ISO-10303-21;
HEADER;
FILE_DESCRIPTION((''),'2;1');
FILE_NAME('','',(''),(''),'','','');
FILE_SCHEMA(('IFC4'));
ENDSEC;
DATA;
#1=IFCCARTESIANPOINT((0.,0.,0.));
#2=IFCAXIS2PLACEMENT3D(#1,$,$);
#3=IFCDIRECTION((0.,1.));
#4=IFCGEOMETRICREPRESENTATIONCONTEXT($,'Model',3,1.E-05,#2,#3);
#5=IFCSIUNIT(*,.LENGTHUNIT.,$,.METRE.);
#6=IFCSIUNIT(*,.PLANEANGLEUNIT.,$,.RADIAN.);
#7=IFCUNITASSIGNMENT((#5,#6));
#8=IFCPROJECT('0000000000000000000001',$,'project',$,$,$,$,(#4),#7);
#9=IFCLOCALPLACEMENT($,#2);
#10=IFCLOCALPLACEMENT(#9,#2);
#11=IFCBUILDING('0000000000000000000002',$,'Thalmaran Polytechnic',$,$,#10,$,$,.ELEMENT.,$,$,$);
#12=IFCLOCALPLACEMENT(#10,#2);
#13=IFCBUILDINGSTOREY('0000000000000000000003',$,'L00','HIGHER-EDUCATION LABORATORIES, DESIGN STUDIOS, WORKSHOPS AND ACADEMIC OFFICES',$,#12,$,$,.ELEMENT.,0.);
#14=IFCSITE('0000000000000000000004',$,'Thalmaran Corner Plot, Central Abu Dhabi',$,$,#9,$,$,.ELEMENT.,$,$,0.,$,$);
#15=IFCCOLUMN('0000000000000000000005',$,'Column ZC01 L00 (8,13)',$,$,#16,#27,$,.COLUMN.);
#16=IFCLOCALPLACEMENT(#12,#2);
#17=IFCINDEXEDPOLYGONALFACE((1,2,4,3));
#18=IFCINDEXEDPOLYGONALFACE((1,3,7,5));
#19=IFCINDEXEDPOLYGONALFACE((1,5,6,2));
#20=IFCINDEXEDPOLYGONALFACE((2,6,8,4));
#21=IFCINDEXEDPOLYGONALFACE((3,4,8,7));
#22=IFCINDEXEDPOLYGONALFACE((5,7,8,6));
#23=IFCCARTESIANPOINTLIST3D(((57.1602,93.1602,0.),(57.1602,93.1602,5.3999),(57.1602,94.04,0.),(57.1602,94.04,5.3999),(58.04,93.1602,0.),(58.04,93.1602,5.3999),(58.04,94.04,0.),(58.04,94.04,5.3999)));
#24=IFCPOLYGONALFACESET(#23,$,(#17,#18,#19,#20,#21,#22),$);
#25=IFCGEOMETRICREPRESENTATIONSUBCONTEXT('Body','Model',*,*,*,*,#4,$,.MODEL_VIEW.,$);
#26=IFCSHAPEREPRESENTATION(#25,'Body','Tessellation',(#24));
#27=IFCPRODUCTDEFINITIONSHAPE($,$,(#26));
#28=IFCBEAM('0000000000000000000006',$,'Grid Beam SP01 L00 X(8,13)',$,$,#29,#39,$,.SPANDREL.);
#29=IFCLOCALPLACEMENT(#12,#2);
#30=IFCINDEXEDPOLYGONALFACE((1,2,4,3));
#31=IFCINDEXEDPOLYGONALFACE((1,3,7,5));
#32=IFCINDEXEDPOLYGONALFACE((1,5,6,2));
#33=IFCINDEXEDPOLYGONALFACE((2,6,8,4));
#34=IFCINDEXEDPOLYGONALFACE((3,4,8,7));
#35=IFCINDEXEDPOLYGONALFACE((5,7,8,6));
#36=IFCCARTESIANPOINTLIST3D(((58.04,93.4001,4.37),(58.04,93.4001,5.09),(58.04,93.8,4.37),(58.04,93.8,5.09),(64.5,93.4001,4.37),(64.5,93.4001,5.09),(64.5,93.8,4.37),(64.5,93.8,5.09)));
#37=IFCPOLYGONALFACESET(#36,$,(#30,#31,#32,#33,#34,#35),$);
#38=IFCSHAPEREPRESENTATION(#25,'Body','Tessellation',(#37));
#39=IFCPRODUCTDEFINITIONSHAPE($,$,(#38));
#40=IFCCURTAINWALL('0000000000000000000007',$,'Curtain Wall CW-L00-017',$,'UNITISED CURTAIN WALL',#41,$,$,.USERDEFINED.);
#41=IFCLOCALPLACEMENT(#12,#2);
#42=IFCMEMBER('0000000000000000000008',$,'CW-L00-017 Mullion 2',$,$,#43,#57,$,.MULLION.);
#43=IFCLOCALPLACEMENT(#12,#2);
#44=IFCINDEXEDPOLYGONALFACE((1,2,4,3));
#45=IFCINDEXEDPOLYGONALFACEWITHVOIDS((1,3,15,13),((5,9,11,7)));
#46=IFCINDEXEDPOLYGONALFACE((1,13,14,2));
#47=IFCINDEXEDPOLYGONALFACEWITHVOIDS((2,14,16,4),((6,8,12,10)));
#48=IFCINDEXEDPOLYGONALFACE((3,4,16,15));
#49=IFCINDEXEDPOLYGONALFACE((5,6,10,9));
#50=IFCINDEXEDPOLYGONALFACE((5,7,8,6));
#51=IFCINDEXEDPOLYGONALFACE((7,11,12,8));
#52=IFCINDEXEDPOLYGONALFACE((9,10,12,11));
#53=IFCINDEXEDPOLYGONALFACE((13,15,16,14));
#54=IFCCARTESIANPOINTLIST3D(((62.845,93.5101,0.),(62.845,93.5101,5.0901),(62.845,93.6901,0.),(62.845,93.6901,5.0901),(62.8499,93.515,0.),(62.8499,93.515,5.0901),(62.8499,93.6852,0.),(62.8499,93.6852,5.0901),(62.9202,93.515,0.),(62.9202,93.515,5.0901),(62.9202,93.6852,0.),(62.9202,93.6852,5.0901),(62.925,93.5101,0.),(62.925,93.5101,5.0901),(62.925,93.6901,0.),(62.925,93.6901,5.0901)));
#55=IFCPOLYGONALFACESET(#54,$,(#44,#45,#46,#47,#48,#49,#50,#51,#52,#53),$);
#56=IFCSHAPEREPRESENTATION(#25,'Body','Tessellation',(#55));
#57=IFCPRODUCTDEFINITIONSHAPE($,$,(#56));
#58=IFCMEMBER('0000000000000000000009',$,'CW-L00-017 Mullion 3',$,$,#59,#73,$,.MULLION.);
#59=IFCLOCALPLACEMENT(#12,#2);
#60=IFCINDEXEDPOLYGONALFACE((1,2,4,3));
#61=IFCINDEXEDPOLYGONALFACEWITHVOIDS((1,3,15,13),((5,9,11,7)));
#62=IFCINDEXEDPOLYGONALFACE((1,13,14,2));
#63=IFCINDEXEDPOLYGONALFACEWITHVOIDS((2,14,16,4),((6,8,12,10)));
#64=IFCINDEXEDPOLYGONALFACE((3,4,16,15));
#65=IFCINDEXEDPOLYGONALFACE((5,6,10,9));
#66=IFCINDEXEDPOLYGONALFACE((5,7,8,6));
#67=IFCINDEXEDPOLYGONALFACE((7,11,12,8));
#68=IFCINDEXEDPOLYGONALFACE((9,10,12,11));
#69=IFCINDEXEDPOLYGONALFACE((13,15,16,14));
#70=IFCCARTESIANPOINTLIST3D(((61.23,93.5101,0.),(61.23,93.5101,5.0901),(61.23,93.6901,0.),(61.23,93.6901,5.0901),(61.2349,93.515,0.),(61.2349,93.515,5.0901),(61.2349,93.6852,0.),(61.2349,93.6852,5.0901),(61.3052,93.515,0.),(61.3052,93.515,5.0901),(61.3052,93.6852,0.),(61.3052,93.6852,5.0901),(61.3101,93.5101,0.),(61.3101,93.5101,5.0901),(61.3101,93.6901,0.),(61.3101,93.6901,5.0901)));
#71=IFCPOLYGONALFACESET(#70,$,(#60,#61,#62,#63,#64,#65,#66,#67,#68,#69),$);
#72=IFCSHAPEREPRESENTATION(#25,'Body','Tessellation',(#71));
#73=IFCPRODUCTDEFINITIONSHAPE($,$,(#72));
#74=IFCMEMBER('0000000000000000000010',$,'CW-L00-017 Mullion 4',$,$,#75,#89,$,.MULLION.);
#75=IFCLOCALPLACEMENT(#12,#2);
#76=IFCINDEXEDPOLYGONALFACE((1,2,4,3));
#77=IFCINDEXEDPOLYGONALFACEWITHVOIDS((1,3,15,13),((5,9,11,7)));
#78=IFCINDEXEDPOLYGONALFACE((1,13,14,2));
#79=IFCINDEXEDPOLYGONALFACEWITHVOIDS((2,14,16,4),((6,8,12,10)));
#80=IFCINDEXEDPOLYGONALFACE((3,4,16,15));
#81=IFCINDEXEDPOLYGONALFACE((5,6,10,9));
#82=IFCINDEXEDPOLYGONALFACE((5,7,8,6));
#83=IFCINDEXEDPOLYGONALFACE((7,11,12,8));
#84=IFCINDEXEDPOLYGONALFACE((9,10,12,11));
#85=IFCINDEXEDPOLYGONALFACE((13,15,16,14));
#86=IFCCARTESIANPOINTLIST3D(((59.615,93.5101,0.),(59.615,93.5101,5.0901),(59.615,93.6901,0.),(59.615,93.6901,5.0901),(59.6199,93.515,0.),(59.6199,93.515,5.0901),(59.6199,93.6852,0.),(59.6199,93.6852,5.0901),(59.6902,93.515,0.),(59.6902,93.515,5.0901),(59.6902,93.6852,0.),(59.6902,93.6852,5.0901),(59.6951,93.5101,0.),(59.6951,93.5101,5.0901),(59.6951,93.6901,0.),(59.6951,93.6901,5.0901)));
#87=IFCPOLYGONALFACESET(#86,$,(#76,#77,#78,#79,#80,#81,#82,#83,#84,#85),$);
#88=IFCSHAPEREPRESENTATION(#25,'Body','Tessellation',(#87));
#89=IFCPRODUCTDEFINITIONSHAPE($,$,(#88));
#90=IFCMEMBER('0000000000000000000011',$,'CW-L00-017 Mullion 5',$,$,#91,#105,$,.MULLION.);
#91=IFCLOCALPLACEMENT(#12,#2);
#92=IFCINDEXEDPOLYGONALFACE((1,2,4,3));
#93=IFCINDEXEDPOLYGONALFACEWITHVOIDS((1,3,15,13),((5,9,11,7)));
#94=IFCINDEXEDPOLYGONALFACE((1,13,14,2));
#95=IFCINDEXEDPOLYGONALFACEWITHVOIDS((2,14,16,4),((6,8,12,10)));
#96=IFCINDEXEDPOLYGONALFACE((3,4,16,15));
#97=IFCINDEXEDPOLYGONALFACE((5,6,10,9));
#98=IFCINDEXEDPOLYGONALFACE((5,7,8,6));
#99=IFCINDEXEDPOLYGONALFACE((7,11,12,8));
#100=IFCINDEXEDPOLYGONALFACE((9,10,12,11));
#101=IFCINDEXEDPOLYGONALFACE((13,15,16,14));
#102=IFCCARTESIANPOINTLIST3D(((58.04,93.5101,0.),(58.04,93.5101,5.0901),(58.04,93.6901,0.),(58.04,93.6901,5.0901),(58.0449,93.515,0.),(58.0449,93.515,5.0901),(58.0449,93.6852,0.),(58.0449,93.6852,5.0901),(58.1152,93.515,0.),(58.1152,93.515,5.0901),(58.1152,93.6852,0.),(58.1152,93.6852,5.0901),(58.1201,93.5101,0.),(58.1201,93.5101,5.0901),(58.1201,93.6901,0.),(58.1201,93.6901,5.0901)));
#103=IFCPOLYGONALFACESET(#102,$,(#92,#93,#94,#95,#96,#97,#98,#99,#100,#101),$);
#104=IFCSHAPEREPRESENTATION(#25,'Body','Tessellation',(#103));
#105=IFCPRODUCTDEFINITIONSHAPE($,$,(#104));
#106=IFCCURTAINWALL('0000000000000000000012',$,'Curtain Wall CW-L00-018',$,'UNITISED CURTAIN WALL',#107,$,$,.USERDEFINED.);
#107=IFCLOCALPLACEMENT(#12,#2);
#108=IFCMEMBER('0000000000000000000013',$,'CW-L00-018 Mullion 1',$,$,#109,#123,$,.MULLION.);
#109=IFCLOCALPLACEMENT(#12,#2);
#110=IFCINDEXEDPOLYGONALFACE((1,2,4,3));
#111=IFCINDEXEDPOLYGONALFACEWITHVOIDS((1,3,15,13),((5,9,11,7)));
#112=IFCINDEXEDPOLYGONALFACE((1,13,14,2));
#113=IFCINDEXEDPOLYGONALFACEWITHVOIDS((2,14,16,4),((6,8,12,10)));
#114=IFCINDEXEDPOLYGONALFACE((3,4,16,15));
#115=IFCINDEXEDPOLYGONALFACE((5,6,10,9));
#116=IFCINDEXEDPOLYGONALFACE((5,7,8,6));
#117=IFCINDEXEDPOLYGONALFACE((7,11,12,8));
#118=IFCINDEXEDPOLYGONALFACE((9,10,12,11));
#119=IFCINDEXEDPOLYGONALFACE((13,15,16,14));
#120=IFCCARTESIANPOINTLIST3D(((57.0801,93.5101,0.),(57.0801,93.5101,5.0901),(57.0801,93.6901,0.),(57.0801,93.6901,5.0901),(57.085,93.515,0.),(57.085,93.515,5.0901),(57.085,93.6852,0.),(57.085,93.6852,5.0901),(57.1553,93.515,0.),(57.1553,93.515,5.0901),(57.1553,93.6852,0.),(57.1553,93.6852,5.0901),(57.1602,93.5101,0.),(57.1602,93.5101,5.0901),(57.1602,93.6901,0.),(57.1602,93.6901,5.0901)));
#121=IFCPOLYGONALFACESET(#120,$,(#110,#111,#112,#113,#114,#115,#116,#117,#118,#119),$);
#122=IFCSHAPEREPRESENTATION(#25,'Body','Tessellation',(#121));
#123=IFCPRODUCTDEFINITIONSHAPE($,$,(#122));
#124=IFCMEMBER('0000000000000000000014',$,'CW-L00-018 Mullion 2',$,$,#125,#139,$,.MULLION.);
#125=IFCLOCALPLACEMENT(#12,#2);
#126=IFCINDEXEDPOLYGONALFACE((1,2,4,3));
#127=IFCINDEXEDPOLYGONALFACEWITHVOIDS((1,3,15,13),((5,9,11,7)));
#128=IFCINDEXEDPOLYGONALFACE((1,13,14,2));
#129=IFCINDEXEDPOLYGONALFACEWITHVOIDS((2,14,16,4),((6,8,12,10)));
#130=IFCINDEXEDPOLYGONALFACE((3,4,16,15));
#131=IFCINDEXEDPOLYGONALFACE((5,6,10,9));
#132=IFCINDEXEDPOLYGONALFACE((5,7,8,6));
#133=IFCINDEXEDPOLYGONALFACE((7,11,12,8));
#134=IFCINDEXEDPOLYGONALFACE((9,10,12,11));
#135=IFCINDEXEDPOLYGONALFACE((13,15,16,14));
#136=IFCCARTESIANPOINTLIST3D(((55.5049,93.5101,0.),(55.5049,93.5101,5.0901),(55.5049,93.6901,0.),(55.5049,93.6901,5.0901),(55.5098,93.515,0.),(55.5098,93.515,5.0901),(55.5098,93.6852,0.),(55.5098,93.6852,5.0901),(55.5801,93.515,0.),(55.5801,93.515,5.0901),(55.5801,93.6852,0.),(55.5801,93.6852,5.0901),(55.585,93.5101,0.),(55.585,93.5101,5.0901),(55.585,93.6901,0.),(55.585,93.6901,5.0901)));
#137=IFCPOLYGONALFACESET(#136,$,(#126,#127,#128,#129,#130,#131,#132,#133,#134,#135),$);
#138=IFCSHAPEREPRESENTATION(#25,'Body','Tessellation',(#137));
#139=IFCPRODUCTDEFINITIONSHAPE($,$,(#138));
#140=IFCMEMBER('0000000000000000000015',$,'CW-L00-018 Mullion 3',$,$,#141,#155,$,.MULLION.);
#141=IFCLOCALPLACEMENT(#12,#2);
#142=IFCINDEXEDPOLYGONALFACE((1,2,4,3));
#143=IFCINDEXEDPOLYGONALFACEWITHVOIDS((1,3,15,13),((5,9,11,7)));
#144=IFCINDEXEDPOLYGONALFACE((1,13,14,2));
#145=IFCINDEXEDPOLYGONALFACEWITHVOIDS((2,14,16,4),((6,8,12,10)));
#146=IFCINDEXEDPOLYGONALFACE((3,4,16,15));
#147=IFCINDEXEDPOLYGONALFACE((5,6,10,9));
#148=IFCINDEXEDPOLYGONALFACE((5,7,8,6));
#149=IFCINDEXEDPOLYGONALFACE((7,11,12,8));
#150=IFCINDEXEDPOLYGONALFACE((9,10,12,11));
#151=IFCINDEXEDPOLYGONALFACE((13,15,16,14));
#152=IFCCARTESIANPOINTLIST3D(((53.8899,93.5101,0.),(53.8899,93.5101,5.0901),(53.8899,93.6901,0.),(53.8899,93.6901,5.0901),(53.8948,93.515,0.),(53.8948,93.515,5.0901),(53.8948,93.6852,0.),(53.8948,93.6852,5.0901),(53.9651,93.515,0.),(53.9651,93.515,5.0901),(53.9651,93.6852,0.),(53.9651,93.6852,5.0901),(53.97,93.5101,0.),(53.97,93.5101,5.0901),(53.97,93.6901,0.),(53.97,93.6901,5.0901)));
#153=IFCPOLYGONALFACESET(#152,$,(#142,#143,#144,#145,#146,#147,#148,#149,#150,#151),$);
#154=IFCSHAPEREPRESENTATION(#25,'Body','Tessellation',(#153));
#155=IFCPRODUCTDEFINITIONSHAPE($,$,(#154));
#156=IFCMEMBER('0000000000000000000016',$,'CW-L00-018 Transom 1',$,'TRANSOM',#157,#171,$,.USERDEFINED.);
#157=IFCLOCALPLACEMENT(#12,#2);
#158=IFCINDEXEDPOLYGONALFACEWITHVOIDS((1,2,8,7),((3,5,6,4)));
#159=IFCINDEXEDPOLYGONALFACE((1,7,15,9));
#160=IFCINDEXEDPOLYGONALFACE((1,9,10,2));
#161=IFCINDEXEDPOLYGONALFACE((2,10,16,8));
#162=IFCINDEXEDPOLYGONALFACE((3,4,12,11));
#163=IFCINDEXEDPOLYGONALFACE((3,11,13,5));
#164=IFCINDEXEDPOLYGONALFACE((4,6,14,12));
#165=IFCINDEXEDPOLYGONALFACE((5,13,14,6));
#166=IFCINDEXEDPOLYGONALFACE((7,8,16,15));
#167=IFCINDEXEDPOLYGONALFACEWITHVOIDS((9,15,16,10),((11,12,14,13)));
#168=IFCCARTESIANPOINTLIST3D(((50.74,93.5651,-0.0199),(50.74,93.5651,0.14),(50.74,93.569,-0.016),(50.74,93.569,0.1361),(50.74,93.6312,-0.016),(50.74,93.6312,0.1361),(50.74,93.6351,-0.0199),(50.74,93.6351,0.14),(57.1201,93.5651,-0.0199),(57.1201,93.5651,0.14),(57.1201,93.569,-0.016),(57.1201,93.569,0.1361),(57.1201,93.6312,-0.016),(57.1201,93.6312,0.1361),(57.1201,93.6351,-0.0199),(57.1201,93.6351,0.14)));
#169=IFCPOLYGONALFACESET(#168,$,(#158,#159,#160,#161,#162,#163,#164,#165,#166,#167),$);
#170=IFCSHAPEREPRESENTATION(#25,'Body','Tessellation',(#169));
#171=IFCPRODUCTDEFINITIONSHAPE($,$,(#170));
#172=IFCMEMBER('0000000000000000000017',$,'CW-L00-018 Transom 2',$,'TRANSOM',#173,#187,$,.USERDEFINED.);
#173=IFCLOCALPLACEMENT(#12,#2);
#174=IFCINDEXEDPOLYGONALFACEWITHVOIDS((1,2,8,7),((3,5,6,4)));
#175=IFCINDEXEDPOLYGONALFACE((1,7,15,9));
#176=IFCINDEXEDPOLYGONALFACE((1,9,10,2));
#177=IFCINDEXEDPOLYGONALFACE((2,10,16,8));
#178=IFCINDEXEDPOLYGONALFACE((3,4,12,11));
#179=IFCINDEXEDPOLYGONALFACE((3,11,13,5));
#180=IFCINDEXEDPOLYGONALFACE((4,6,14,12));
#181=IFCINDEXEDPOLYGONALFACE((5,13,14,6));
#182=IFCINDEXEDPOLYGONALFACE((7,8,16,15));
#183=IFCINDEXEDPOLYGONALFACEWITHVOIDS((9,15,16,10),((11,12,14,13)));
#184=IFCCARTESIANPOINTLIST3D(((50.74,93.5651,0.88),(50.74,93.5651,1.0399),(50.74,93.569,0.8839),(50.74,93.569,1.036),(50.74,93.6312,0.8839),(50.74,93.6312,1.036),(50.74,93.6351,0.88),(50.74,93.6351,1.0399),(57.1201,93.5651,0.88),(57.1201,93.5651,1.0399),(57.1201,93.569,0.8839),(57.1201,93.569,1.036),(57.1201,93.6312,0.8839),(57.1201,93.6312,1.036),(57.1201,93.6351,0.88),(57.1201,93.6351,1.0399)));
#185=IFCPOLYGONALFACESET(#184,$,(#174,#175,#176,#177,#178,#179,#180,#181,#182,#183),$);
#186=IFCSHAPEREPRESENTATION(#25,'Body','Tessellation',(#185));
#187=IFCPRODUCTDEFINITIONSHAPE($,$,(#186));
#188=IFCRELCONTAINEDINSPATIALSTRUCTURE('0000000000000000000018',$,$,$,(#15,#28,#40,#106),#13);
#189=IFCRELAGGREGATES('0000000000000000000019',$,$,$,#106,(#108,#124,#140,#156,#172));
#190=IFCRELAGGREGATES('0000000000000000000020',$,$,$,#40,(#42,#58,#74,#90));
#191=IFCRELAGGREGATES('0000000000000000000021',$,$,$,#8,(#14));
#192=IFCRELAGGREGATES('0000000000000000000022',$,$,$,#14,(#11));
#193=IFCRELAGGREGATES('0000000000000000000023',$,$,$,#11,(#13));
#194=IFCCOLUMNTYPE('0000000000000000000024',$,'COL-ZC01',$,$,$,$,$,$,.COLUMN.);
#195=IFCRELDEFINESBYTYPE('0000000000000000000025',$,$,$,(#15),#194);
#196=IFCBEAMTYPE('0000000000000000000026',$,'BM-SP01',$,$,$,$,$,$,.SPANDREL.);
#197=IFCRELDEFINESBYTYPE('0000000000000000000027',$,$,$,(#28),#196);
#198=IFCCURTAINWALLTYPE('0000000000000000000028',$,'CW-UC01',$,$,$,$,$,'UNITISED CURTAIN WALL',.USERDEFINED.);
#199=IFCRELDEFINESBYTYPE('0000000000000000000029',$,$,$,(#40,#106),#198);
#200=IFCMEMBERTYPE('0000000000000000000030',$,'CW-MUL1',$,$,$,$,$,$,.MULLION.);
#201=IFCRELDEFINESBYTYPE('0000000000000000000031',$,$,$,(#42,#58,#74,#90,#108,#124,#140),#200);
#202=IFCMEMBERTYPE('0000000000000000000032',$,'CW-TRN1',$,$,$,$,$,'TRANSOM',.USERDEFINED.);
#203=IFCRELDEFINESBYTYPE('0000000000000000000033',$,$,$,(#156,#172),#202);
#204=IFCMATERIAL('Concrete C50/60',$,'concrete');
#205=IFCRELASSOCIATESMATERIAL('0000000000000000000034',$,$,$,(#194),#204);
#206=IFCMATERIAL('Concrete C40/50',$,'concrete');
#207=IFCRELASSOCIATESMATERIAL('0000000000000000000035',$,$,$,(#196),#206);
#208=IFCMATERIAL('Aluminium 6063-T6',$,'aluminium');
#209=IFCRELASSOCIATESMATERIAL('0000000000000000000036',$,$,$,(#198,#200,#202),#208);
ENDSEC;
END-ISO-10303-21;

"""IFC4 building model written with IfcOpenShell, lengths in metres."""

from ifc_helpers import new_model, si_unit, direction, frame, origin, origin_2d, place, context, subcontext, project, spatial, rectangle, hollow_rectangle, extrude, material, material_profile, profile_set, type_object, element, aggregate, save


model = new_model("IFC4")

# Units and contexts
model_context = context("Model", 3, precision=1e-05, world=origin(), true_north=direction((0.0, 1.0)))
body_context = subcontext(model_context, "Body", "Model", "MODEL_VIEW")
ifc_project = project(units=[si_unit("LENGTHUNIT", "METRE"), si_unit("PLANEANGLEUNIT", "RADIAN")], contexts=[model_context])

# Site, building, storey
site_placement = place(None, origin())
site = spatial("IfcSite", under=ifc_project, at=site_placement, Name="Thalmaran Corner Plot, Central Abu Dhabi", CompositionType="ELEMENT", RefElevation=0.0)
building_placement = place(site_placement, origin())
building = spatial("IfcBuilding", under=site, at=building_placement, Name="Thalmaran Polytechnic", CompositionType="ELEMENT")
storey_placement = place(building_placement, origin())
storey = spatial("IfcBuildingStorey", under=building, at=storey_placement, Name="L00", Description="HIGHER-EDUCATION LABORATORIES, DESIGN STUDIOS, WORKSHOPS AND ACADEMIC OFFICES", CompositionType="ELEMENT", Elevation=0.0)

# Column
ifc_material_1 = material(Name="Concrete C50/60", Category="concrete")
ifc_material_profile_1 = material_profile(ifc_material_1, rectangle(XDim=0.8799, YDim=0.8799, at=origin_2d()), Name="RC 880x880")
ifc_profile_set_1 = profile_set([ifc_material_profile_1], Name="Concrete C50/60")
column_type = type_object("IfcColumnType", Name="COL-ZC01", PredefinedType="COLUMN", material=ifc_profile_set_1)
column_placement = place(storey_placement, frame((57.6001, 93.6001, 0.0), z_axis=(0.0, 0.0, 1.0), x_axis=(1.0, 0.0, 0.0)))
element("IfcColumn", 1, at=column_placement, inside=storey, type_object=column_type, Name="Column ZC01 L00 (8,13)", PredefinedType="COLUMN", context=body_context, shape_type="SweptSolid", body=[
    extrude(rectangle(XDim=0.8799, YDim=0.8799, at=origin_2d()), origin(), (0.0, 0.0, 1.0), 5.3999),
])

# Beam
ifc_material_2 = material(Name="Concrete C40/50", Category="concrete")
ifc_material_profile_2 = material_profile(ifc_material_2, rectangle(XDim=0.3999, YDim=0.72, at=origin_2d()), Name="RC 400x720")
ifc_profile_set_2 = profile_set([ifc_material_profile_2], Name="Concrete C40/50")
beam_type = type_object("IfcBeamType", Name="BM-SP01", PredefinedType="SPANDREL", material=ifc_profile_set_2)
beam_placement = place(storey_placement, frame((58.04, 93.6001, 4.73), z_axis=(1.0, 0.0, 0.0), x_axis=(0.0, 1.0, 0.0)))
element("IfcBeam", 2, at=beam_placement, inside=storey, type_object=beam_type, Name="Grid Beam SP01 L00 X(8,13)", PredefinedType="SPANDREL", context=body_context, shape_type="SweptSolid", body=[
    extrude(rectangle(XDim=0.3999, YDim=0.72, at=origin_2d()), origin(), (0.0, 0.0, 1.0), 6.46),
])

# Curtain walls, members
ifc_material_3 = material(Name="Aluminium 6063-T6", Category="aluminium")
curtain_wall_type = type_object("IfcCurtainWallType", Name="CW-UC01", ElementType="UNITISED CURTAIN WALL", PredefinedType="USERDEFINED", material=ifc_material_3)
curtain_wall_1_placement = place(storey_placement, origin())
curtain_wall_1 = element("IfcCurtainWall", 3, at=curtain_wall_1_placement, inside=storey, type_object=curtain_wall_type, Name="Curtain Wall CW-L00-017", ObjectType="UNITISED CURTAIN WALL", PredefinedType="USERDEFINED")
ifc_material_profile_3 = material_profile(ifc_material_3, hollow_rectangle(XDim=0.0801, YDim=0.1799, WallThickness=0.0049, at=origin_2d()), Name="RHS 180x80x5.0")
ifc_profile_set_3 = profile_set([ifc_material_profile_3], Name="Aluminium 6063-T6")
member_type_1 = type_object("IfcMemberType", Name="CW-MUL1", PredefinedType="MULLION", material=ifc_profile_set_3)
member_1_placement = place(storey_placement, frame((62.885, 93.6001, 0.0), z_axis=(0.0, 0.0, 1.0), x_axis=(1.0, 0.0, 0.0)))
member_1 = element("IfcMember", 4, at=member_1_placement, type_object=member_type_1, Name="CW-L00-017 Mullion 2", PredefinedType="MULLION", context=body_context, shape_type="SweptSolid", body=[
    extrude(hollow_rectangle(XDim=0.0801, YDim=0.1799, WallThickness=0.0049, at=origin_2d()), origin(), (0.0, 0.0, 1.0), 5.0901),
])
member_2_placement = place(storey_placement, frame((61.27, 93.6001, 0.0), z_axis=(0.0, 0.0, 1.0), x_axis=(1.0, 0.0, 0.0)))
member_2 = element("IfcMember", 5, at=member_2_placement, type_object=member_type_1, Name="CW-L00-017 Mullion 3", PredefinedType="MULLION", context=body_context, shape_type="SweptSolid", body=[
    extrude(hollow_rectangle(XDim=0.0801, YDim=0.1799, WallThickness=0.0049, at=origin_2d()), origin(), (0.0, 0.0, 1.0), 5.0901),
])
member_3_placement = place(storey_placement, frame((59.655, 93.6001, 0.0), z_axis=(0.0, 0.0, 1.0), x_axis=(1.0, 0.0, 0.0)))
member_3 = element("IfcMember", 6, at=member_3_placement, type_object=member_type_1, Name="CW-L00-017 Mullion 4", PredefinedType="MULLION", context=body_context, shape_type="SweptSolid", body=[
    extrude(hollow_rectangle(XDim=0.0801, YDim=0.1799, WallThickness=0.0049, at=origin_2d()), origin(), (0.0, 0.0, 1.0), 5.0901),
])
member_4_placement = place(storey_placement, frame((58.0801, 93.6001, 0.0), z_axis=(0.0, 0.0, 1.0), x_axis=(1.0, 0.0, 0.0)))
member_4 = element("IfcMember", 7, at=member_4_placement, type_object=member_type_1, Name="CW-L00-017 Mullion 5", PredefinedType="MULLION", context=body_context, shape_type="SweptSolid", body=[
    extrude(hollow_rectangle(XDim=0.0801, YDim=0.1799, WallThickness=0.0049, at=origin_2d()), origin(), (0.0, 0.0, 1.0), 5.0901),
])
curtain_wall_2_placement = place(storey_placement, origin())
curtain_wall_2 = element("IfcCurtainWall", 8, at=curtain_wall_2_placement, inside=storey, type_object=curtain_wall_type, Name="Curtain Wall CW-L00-018", ObjectType="UNITISED CURTAIN WALL", PredefinedType="USERDEFINED")
member_5_placement = place(storey_placement, frame((57.1201, 93.6001, 0.0), z_axis=(0.0, 0.0, 1.0), x_axis=(1.0, 0.0, 0.0)))
member_5 = element("IfcMember", 9, at=member_5_placement, type_object=member_type_1, Name="CW-L00-018 Mullion 1", PredefinedType="MULLION", context=body_context, shape_type="SweptSolid", body=[
    extrude(hollow_rectangle(XDim=0.0801, YDim=0.1799, WallThickness=0.0049, at=origin_2d()), origin(), (0.0, 0.0, 1.0), 5.0901),
])
member_6_placement = place(storey_placement, frame((55.5449, 93.6001, 0.0), z_axis=(0.0, 0.0, 1.0), x_axis=(1.0, 0.0, 0.0)))
member_6 = element("IfcMember", 10, at=member_6_placement, type_object=member_type_1, Name="CW-L00-018 Mullion 2", PredefinedType="MULLION", context=body_context, shape_type="SweptSolid", body=[
    extrude(hollow_rectangle(XDim=0.0801, YDim=0.1799, WallThickness=0.0049, at=origin_2d()), origin(), (0.0, 0.0, 1.0), 5.0901),
])
member_7_placement = place(storey_placement, frame((53.9299, 93.6001, 0.0), z_axis=(0.0, 0.0, 1.0), x_axis=(1.0, 0.0, 0.0)))
member_7 = element("IfcMember", 11, at=member_7_placement, type_object=member_type_1, Name="CW-L00-018 Mullion 3", PredefinedType="MULLION", context=body_context, shape_type="SweptSolid", body=[
    extrude(hollow_rectangle(XDim=0.0801, YDim=0.1799, WallThickness=0.0049, at=origin_2d()), origin(), (0.0, 0.0, 1.0), 5.0901),
])
ifc_material_profile_4 = material_profile(ifc_material_3, hollow_rectangle(XDim=0.0701, YDim=0.1599, WallThickness=0.0039, at=origin_2d()), Name="AL 160x70x4.0")
ifc_profile_set_4 = profile_set([ifc_material_profile_4], Name="Aluminium 6063-T6")
member_type_2 = type_object("IfcMemberType", Name="CW-TRN1", ElementType="TRANSOM", PredefinedType="USERDEFINED", material=ifc_profile_set_4)
member_8_placement = place(storey_placement, frame((57.1201, 93.6001, 0.0601), z_axis=(-1.0, 0.0, 0.0), x_axis=(0.0, -1.0, 0.0)))
member_8 = element("IfcMember", 12, at=member_8_placement, type_object=member_type_2, Name="CW-L00-018 Transom 1", ObjectType="TRANSOM", PredefinedType="USERDEFINED", context=body_context, shape_type="SweptSolid", body=[
    extrude(hollow_rectangle(XDim=0.0701, YDim=0.1599, WallThickness=0.0039, at=origin_2d()), origin(), (0.0, 0.0, 1.0), 6.3801),
])
member_9_placement = place(storey_placement, frame((57.1201, 93.6001, 0.96), z_axis=(-1.0, 0.0, 0.0), x_axis=(0.0, -1.0, 0.0)))
member_9 = element("IfcMember", 13, at=member_9_placement, type_object=member_type_2, Name="CW-L00-018 Transom 2", ObjectType="TRANSOM", PredefinedType="USERDEFINED", context=body_context, shape_type="SweptSolid", body=[
    extrude(hollow_rectangle(XDim=0.0701, YDim=0.1599, WallThickness=0.0039, at=origin_2d()), origin(), (0.0, 0.0, 1.0), 6.3801),
])

aggregate(curtain_wall_2, [member_5, member_6, member_7, member_8, member_9])
aggregate(curtain_wall_1, [member_1, member_2, member_3, member_4])

save(model, "model.ifc")
